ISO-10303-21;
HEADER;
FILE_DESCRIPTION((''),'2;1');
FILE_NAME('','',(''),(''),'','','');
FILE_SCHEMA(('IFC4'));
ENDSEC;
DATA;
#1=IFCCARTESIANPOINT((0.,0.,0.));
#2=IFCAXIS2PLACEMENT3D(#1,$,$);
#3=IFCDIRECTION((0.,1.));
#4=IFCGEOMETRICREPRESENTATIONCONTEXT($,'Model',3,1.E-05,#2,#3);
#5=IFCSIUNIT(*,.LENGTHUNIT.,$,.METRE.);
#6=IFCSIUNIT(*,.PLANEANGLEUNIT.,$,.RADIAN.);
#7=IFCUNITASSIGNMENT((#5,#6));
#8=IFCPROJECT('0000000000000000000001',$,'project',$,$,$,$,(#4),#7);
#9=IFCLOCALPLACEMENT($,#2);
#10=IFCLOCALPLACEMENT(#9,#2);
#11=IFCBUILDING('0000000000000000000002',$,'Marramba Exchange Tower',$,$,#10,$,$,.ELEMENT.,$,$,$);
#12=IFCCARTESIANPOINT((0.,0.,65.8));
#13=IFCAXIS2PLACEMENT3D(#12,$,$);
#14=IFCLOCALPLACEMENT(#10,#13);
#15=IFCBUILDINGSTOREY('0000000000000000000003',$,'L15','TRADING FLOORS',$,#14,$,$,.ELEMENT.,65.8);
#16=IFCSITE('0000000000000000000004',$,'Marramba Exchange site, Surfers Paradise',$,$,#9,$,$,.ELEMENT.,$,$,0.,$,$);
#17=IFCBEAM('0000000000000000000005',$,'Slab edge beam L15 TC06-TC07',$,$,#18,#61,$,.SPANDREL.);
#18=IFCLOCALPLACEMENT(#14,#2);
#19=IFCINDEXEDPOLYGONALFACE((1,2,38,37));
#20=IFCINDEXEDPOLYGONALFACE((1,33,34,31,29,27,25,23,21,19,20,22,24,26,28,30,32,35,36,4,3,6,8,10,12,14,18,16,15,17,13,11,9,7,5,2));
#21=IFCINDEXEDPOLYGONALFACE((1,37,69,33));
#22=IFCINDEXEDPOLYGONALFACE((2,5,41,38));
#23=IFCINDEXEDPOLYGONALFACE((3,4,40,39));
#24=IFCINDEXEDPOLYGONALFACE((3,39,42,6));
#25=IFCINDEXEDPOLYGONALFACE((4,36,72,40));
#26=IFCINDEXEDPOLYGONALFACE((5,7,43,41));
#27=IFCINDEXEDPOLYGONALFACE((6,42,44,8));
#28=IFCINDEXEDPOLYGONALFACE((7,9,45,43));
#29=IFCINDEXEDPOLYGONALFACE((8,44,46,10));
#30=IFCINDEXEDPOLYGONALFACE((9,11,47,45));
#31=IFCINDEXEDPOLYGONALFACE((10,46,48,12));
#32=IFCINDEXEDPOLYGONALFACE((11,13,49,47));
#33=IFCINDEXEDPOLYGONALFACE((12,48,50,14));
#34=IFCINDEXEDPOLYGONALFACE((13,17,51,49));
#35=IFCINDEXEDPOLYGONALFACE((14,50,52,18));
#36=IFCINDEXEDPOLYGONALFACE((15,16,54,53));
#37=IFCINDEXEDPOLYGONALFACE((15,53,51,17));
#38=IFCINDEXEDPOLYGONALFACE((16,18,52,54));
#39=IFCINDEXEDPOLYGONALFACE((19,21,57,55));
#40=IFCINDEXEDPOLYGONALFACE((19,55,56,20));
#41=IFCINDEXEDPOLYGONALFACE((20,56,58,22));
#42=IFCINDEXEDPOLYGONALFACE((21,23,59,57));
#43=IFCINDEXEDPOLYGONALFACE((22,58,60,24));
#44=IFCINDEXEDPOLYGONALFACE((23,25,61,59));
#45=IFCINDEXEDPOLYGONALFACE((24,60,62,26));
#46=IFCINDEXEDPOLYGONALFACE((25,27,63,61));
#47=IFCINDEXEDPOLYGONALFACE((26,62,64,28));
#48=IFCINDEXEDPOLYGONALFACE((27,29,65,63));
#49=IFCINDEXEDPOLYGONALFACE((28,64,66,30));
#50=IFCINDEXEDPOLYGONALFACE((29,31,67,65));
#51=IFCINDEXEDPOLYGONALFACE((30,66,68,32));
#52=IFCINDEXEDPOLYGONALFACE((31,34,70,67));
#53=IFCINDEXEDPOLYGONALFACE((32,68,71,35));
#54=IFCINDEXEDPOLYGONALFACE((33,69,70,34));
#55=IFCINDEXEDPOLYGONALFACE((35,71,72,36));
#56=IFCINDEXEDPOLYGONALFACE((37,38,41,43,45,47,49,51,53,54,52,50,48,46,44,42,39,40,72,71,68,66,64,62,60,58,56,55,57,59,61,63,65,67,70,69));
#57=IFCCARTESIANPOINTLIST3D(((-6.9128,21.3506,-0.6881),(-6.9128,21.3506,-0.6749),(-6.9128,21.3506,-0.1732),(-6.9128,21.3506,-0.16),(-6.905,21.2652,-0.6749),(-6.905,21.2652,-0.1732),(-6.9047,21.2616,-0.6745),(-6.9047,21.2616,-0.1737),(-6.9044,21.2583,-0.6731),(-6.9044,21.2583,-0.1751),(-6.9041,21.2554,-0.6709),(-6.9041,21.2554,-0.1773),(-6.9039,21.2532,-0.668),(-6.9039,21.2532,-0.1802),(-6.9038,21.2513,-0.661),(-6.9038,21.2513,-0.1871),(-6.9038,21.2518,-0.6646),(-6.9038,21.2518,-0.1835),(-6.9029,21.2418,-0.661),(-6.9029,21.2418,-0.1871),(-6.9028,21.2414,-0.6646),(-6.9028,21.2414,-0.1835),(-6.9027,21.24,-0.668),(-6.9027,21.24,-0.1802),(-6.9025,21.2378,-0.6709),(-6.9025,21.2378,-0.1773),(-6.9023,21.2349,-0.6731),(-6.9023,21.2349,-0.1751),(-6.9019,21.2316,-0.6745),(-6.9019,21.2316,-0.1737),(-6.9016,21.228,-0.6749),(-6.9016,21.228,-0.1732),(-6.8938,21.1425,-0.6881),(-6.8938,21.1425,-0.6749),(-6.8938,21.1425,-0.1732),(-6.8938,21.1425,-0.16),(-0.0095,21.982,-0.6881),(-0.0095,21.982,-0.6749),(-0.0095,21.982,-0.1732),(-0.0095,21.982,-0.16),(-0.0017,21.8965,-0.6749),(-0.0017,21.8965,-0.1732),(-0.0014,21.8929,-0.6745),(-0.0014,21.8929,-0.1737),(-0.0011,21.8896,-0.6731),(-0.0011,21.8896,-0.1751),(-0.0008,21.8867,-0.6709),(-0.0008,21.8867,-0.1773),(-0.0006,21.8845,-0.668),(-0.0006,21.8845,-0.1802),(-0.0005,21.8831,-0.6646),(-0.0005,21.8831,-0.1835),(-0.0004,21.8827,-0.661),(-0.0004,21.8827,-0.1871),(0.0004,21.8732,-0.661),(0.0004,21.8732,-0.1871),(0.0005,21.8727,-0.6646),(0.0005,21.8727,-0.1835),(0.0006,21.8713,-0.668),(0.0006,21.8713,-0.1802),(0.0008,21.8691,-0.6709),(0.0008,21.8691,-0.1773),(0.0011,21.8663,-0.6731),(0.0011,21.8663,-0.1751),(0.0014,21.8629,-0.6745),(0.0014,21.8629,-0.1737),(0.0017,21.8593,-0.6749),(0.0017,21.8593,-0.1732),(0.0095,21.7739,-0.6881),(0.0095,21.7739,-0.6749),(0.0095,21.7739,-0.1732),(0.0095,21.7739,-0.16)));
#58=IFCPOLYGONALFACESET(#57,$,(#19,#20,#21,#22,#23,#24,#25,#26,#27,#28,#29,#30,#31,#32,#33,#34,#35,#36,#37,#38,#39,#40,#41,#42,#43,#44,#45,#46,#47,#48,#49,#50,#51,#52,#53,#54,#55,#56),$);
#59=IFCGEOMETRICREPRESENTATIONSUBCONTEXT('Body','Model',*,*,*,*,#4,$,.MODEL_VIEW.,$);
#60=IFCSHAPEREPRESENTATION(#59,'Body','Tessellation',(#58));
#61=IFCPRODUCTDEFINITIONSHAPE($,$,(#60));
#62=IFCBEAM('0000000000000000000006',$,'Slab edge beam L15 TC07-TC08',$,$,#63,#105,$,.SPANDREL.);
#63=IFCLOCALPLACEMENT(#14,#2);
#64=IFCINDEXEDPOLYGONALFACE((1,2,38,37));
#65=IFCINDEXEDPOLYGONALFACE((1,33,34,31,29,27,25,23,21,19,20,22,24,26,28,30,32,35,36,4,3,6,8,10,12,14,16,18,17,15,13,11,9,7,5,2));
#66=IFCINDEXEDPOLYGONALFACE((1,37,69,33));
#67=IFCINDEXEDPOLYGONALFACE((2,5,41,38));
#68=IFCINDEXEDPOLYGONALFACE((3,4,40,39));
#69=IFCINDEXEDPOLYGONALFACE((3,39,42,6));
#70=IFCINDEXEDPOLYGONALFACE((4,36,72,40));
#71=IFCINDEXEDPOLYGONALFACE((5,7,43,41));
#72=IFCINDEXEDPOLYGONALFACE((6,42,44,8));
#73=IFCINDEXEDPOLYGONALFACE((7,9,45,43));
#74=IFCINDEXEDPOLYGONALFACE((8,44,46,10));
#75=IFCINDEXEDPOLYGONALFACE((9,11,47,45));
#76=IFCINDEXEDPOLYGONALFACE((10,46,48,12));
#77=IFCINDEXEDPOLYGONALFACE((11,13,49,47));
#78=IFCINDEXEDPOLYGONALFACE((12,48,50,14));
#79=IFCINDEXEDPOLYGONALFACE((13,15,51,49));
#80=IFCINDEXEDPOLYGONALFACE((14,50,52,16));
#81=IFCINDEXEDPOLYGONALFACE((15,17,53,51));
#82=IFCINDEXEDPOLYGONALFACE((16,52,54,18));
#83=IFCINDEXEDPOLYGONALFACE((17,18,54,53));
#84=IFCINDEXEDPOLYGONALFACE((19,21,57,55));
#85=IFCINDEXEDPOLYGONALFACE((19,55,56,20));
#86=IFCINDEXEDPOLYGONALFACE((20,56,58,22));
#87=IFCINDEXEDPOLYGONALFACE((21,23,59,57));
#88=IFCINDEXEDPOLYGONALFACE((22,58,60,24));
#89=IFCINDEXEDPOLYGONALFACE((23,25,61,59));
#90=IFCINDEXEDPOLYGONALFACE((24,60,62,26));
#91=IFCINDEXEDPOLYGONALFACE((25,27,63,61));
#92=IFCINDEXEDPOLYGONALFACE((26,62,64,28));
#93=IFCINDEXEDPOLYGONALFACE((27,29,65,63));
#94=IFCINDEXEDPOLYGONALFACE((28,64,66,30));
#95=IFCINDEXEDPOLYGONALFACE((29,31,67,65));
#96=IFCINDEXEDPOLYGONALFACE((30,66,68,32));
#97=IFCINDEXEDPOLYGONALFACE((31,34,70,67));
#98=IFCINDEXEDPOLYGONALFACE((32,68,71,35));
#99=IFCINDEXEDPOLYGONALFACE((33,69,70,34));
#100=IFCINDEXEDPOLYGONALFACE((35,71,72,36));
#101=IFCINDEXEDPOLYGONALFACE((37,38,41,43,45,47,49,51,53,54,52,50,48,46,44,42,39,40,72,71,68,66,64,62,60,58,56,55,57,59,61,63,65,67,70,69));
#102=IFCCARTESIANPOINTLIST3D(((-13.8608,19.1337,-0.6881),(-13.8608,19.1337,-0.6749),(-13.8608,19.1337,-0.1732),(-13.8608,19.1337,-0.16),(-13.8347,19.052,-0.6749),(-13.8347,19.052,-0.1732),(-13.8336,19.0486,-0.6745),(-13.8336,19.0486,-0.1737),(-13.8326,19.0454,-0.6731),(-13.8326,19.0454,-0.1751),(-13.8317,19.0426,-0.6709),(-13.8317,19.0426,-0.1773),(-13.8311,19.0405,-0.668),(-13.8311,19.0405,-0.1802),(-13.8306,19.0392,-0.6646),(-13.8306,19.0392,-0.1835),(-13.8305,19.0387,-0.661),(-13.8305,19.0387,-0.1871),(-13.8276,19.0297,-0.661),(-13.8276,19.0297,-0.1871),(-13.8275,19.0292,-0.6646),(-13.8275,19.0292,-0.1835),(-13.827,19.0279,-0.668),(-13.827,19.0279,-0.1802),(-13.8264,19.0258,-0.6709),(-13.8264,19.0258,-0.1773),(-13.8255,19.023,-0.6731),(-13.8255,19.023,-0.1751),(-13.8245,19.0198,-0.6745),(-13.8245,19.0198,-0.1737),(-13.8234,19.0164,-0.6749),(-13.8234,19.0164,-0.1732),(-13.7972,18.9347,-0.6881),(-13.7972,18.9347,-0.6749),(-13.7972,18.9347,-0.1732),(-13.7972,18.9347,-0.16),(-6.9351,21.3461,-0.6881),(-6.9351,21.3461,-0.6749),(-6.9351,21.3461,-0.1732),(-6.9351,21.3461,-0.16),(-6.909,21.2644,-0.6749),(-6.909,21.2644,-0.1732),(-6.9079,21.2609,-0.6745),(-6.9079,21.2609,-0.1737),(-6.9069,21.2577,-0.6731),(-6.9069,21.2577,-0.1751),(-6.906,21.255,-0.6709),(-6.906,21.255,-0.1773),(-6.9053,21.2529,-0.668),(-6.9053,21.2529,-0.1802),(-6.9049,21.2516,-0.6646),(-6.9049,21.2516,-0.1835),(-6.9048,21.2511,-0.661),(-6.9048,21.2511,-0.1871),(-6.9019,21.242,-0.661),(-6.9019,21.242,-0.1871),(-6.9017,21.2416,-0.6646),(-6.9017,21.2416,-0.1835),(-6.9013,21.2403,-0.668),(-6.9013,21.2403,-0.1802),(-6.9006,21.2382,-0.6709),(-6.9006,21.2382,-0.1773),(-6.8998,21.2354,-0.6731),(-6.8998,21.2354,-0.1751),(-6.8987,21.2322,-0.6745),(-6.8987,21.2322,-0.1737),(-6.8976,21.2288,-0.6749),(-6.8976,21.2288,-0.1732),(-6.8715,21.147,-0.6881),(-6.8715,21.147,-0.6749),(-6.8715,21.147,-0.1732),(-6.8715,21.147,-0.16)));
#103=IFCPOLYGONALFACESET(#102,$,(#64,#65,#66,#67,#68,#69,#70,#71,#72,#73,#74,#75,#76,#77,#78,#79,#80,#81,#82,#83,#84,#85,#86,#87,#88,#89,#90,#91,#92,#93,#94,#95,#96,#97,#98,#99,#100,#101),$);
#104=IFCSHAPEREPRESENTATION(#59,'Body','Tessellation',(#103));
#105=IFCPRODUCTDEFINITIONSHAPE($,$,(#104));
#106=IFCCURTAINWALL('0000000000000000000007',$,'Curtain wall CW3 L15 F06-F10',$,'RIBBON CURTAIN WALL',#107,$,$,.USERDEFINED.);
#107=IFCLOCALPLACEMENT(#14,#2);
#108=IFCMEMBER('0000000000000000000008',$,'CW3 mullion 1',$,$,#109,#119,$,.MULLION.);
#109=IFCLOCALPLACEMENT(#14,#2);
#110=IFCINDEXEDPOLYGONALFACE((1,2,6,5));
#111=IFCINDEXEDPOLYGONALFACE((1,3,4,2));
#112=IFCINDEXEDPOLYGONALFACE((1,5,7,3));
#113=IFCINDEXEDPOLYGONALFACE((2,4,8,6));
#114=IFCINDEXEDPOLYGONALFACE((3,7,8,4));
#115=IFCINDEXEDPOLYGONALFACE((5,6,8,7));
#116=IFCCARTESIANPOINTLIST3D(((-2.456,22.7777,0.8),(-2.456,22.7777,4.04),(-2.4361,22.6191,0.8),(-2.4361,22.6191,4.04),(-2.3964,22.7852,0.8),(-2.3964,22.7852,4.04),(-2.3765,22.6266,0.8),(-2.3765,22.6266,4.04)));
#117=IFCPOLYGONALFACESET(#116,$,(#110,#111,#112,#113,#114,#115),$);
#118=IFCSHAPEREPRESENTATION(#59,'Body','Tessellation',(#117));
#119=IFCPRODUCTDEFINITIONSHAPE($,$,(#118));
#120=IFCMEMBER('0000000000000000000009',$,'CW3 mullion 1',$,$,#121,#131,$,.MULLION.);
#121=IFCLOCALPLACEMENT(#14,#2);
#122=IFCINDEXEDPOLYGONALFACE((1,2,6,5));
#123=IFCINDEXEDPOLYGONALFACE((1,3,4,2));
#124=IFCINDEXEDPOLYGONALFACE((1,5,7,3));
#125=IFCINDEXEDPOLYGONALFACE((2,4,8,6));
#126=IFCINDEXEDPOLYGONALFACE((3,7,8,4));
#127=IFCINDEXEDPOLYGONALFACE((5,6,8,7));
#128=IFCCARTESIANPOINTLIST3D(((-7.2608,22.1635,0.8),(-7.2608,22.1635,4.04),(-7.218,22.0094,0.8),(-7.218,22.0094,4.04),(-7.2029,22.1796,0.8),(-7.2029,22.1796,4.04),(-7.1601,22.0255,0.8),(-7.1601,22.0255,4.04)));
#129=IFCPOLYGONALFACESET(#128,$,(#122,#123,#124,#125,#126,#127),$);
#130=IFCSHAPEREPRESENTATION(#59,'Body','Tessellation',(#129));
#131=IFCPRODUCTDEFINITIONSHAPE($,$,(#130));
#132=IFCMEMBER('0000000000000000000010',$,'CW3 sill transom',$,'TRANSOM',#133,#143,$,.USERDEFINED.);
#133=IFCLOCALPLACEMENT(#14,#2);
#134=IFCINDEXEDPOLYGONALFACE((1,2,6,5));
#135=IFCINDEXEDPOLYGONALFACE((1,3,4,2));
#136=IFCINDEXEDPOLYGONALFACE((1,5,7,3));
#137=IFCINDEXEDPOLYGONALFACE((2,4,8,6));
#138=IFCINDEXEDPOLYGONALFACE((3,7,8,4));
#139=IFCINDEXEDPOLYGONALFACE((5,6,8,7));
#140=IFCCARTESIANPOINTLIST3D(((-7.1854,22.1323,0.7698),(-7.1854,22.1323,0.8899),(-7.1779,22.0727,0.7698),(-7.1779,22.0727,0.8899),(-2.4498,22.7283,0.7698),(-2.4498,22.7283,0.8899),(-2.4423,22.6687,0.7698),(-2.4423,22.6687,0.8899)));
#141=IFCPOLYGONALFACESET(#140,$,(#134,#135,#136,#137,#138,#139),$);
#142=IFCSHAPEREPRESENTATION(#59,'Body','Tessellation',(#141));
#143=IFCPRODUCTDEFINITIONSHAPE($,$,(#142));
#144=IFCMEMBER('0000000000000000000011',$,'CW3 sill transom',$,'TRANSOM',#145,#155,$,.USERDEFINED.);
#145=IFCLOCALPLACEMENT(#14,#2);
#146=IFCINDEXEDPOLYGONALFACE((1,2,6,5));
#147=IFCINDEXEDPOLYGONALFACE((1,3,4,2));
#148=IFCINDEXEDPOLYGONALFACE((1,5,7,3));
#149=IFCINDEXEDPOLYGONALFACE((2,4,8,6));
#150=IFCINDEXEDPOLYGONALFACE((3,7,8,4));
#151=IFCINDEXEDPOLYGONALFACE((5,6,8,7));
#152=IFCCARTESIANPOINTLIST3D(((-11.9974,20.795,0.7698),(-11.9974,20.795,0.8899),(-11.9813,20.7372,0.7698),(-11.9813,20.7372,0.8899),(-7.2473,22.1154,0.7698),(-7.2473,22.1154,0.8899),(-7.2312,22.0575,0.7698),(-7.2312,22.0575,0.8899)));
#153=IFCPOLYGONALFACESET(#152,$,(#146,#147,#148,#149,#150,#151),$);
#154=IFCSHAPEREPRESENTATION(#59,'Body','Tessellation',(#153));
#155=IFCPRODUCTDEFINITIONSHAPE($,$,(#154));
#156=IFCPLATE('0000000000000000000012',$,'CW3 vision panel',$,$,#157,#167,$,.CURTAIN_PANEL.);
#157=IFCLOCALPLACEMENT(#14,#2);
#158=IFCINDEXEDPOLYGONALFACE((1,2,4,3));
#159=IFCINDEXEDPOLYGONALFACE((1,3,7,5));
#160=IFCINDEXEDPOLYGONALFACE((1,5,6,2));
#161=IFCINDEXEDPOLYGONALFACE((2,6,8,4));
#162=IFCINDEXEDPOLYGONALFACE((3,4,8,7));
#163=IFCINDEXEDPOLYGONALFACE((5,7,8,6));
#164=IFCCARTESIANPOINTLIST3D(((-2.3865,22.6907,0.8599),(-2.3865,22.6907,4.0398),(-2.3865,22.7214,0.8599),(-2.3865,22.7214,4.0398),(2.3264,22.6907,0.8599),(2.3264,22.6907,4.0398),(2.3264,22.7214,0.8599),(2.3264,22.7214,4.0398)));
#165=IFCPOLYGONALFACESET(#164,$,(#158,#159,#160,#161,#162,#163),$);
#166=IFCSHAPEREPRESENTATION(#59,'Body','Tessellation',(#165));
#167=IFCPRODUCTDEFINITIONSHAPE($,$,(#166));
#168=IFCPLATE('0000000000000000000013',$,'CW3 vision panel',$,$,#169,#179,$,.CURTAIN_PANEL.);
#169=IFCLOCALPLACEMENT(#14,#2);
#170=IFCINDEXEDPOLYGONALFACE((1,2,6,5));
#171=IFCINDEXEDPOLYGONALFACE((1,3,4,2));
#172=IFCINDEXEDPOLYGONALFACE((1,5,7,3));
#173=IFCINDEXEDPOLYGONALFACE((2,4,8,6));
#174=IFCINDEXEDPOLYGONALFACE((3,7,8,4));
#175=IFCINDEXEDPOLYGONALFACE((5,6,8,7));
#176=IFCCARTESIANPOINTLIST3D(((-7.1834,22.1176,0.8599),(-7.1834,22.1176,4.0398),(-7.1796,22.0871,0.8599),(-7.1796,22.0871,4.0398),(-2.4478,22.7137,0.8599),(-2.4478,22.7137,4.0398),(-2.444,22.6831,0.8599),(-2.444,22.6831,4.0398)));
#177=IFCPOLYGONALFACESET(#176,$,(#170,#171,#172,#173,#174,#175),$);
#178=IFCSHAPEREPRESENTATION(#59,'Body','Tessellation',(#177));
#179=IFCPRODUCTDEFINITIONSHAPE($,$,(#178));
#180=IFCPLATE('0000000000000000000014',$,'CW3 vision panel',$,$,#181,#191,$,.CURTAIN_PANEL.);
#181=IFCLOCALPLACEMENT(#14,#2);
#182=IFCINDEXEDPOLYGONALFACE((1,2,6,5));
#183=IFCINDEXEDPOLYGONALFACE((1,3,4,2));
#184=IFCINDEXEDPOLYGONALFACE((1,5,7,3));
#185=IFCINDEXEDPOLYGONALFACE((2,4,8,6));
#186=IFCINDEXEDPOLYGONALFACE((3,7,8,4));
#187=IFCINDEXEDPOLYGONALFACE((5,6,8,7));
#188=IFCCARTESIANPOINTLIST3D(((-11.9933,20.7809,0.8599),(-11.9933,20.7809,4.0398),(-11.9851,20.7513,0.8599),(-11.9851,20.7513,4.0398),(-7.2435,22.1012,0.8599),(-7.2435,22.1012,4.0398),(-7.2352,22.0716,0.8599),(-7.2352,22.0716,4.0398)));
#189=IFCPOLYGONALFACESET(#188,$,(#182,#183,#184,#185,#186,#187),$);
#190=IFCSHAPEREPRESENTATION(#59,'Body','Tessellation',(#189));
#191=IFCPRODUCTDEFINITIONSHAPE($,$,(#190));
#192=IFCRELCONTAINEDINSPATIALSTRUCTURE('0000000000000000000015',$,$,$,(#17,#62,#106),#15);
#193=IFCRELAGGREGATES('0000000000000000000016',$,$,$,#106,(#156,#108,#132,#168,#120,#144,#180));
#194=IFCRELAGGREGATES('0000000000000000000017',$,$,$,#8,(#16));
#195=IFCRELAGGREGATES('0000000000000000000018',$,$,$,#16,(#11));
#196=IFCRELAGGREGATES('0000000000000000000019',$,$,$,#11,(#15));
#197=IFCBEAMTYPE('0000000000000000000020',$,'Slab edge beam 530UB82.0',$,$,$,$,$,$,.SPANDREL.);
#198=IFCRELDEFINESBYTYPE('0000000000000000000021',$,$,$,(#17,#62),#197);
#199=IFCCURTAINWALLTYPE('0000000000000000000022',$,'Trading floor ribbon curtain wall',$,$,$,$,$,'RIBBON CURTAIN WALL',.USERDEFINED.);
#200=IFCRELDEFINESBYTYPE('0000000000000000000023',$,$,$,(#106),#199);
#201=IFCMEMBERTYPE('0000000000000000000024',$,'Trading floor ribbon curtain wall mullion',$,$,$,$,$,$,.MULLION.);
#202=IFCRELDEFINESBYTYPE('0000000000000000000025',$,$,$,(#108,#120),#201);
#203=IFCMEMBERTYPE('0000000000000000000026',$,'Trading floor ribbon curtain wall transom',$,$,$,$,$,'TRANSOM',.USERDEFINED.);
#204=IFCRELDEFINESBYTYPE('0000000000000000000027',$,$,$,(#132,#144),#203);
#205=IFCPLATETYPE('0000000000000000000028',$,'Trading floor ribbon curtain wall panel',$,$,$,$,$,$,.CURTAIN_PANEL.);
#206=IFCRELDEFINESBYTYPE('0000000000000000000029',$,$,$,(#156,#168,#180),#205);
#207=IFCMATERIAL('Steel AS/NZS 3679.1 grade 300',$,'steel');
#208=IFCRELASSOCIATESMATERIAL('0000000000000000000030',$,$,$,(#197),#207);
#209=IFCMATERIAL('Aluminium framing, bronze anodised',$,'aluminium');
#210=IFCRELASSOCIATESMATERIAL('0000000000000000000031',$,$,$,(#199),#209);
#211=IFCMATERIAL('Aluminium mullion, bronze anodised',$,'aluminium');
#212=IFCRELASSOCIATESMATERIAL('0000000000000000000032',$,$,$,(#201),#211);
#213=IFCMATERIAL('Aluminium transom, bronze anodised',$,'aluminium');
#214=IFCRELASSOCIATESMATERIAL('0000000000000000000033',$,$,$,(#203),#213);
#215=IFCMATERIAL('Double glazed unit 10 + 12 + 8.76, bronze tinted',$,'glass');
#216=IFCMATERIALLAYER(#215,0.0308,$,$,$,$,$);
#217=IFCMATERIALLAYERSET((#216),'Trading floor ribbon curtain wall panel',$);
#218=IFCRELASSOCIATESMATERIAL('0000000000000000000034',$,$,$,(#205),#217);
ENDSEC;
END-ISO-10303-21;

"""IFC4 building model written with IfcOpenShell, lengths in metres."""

from ifc_helpers import new_model, si_unit, direction, frame, origin, origin_2d, place, context, subcontext, project, spatial, rectangle, i_section, extrude, material, layer, layer_set, material_profile, profile_set, type_object, element, aggregate, save


model = new_model("IFC4")

# Units and contexts
model_context = context("Model", 3, precision=1e-05, world=origin(), true_north=direction((0.0, 1.0)))
body_context = subcontext(model_context, "Body", "Model", "MODEL_VIEW")
ifc_project = project(units=[si_unit("LENGTHUNIT", "METRE"), si_unit("PLANEANGLEUNIT", "RADIAN")], contexts=[model_context])

# Site, building, storey
site_placement = place(None, origin())
site = spatial("IfcSite", under=ifc_project, at=site_placement, Name="Marramba Exchange site, Surfers Paradise", CompositionType="ELEMENT", RefElevation=0.0)
building_placement = place(site_placement, origin())
building = spatial("IfcBuilding", under=site, at=building_placement, Name="Marramba Exchange Tower", CompositionType="ELEMENT")
storey_placement = place(building_placement, frame((0.0, 0.0, 65.8)))
storey = spatial("IfcBuildingStorey", under=building, at=storey_placement, Name="L15", Description="TRADING FLOORS", CompositionType="ELEMENT", Elevation=65.8)

# Beams
ifc_material_1 = material(Name="Steel AS/NZS 3679.1 grade 300", Category="steel")
ifc_material_profile_1 = material_profile(ifc_material_1, i_section(OverallWidth=0.209, OverallDepth=0.5281, WebThickness=0.0095, FlangeThickness=0.0132, FilletRadius=0.0139, at=origin_2d()), Name="530UB82.0")
ifc_profile_set_1 = profile_set([ifc_material_profile_1], Name="Steel AS/NZS 3679.1 grade 300")
beam_type_1 = type_object("IfcBeamType", Name="Slab edge beam 530UB82.0", PredefinedType="SPANDREL", material=ifc_profile_set_1)
beam_1_placement = place(storey_placement, frame((0.0, 21.8779, -0.4241), z_axis=(-0.995844, -0.091076, 0.0), x_axis=(0.091076, -0.995844, 0.0)))
element("IfcBeam", 1, at=beam_1_placement, inside=storey, type_object=beam_type_1, Name="Slab edge beam L15 TC06-TC07", PredefinedType="SPANDREL", context=body_context, shape_type="SweptSolid", body=[
    extrude(i_section(OverallWidth=0.209, OverallDepth=0.5281, WebThickness=0.0095, FlangeThickness=0.0132, FilletRadius=0.0139, at=origin_2d()), origin(), (0.0, 0.0, 1.0), 6.9321),
])
beam_2_placement = place(storey_placement, frame((-6.9033, 21.2466, -0.4241), z_axis=(-0.952578, -0.304296, 0.0), x_axis=(0.304296, -0.952578, 0.0)))
element("IfcBeam", 2, at=beam_2_placement, inside=storey, type_object=beam_type_1, Name="Slab edge beam L15 TC07-TC08", PredefinedType="SPANDREL", context=body_context, shape_type="SweptSolid", body=[
    extrude(i_section(OverallWidth=0.209, OverallDepth=0.5281, WebThickness=0.0095, FlangeThickness=0.0132, FilletRadius=0.0139, at=origin_2d()), origin(), (0.0, 0.0, 1.0), 7.2705),
])

# Curtain wall, members, plates
ifc_material_2 = material(Name="Aluminium framing, bronze anodised", Category="aluminium")
curtain_wall_type = type_object("IfcCurtainWallType", Name="Trading floor ribbon curtain wall", ElementType="RIBBON CURTAIN WALL", PredefinedType="USERDEFINED", material=ifc_material_2)
curtain_wall_placement = place(storey_placement, origin())
curtain_wall = element("IfcCurtainWall", 3, at=curtain_wall_placement, inside=storey, type_object=curtain_wall_type, Name="Curtain wall CW3 L15 F06-F10", ObjectType="RIBBON CURTAIN WALL", PredefinedType="USERDEFINED")
ifc_material_3 = material(Name="Aluminium mullion, bronze anodised", Category="aluminium")
ifc_material_profile_2 = material_profile(ifc_material_3, rectangle(XDim=0.1599, YDim=0.0601, at=origin_2d()), Name="CW3 mullion 60x160")
ifc_profile_set_2 = profile_set([ifc_material_profile_2], Name="Aluminium mullion, bronze anodised")
member_type_1 = type_object("IfcMemberType", Name="Trading floor ribbon curtain wall mullion", PredefinedType="MULLION", material=ifc_profile_set_2)
member_1_placement = place(storey_placement, frame((-2.4163, 22.7021, 0.8), z_axis=(0.0, 0.0, 1.0), x_axis=(0.124873, -0.992173, 0.0)))
member_1 = element("IfcMember", 4, at=member_1_placement, type_object=member_type_1, Name="CW3 mullion 1", PredefinedType="MULLION", context=body_context, shape_type="SweptSolid", body=[
    extrude(rectangle(XDim=0.1599, YDim=0.0601, at=origin_2d()), origin(), (0.0, 0.0, 1.0), 3.24),
])
member_2_placement = place(storey_placement, frame((-7.2104, 22.0945, 0.8), z_axis=(0.0, 0.0, 1.0), x_axis=(0.267809, -0.963472, 0.0)))
member_2 = element("IfcMember", 5, at=member_2_placement, type_object=member_type_1, Name="CW3 mullion 1", PredefinedType="MULLION", context=body_context, shape_type="SweptSolid", body=[
    extrude(rectangle(XDim=0.1599, YDim=0.0601, at=origin_2d()), origin(), (0.0, 0.0, 1.0), 3.24),
])
ifc_material_4 = material(Name="Aluminium transom, bronze anodised", Category="aluminium")
ifc_material_profile_3 = material_profile(ifc_material_4, rectangle(XDim=0.0601, YDim=0.1201, at=origin_2d()), Name="CW3 transom 60x120")
ifc_profile_set_3 = profile_set([ifc_material_profile_3], Name="Aluminium transom, bronze anodised")
member_type_2 = type_object("IfcMemberType", Name="Trading floor ribbon curtain wall transom", ElementType="TRANSOM", PredefinedType="USERDEFINED", material=ifc_profile_set_3)
member_3_placement = place(storey_placement, frame((-2.446, 22.6985, 0.8298), z_axis=(-0.992174, -0.124859, 0.0), x_axis=(0.124859, -0.992174, 0.0)))
member_3 = element("IfcMember", 6, at=member_3_placement, type_object=member_type_2, Name="CW3 sill transom", ObjectType="TRANSOM", PredefinedType="USERDEFINED", context=body_context, shape_type="SweptSolid", body=[
    extrude(rectangle(XDim=0.0601, YDim=0.1201, at=origin_2d()), origin(), (0.0, 0.0, 1.0), 4.7729),
])
member_4_placement = place(storey_placement, frame((-7.2393, 22.0864, 0.8298), z_axis=(-0.963472, -0.267807, 0.0), x_axis=(0.267807, -0.963472, 0.0)))
member_4 = element("IfcMember", 7, at=member_4_placement, type_object=member_type_2, Name="CW3 sill transom", ObjectType="TRANSOM", PredefinedType="USERDEFINED", context=body_context, shape_type="SweptSolid", body=[
    extrude(rectangle(XDim=0.0601, YDim=0.1201, at=origin_2d()), origin(), (0.0, 0.0, 1.0), 4.9302),
])
ifc_material_5 = material(Name="Double glazed unit 10 + 12 + 8.76, bronze tinted", Category="glass")
ifc_layer_1 = layer(ifc_material_5, 0.0308)
ifc_layer_set_1 = layer_set([ifc_layer_1], Name="Trading floor ribbon curtain wall panel")
plate_type = type_object("IfcPlateType", Name="Trading floor ribbon curtain wall panel", PredefinedType="CURTAIN_PANEL", material=ifc_layer_set_1)
plate_1_placement = place(storey_placement, frame((-0.03, 22.7061, 0.8599), z_axis=(0.0, 0.0, 1.0), x_axis=(-1.0, 0.0, 0.0)))
plate_1 = element("IfcPlate", 8, at=plate_1_placement, type_object=plate_type, Name="CW3 vision panel", PredefinedType="CURTAIN_PANEL", context=body_context, shape_type="SweptSolid", body=[
    extrude(rectangle(XDim=4.7129, YDim=0.0308, at=origin_2d()), origin(), (0.0, 0.0, 1.0), 3.1799),
])
plate_2_placement = place(storey_placement, frame((-4.8137, 22.4004, 0.8599), z_axis=(0.0, 0.0, 1.0), x_axis=(-0.992173, -0.124873, 0.0)))
plate_2 = element("IfcPlate", 9, at=plate_2_placement, type_object=plate_type, Name="CW3 vision panel", PredefinedType="CURTAIN_PANEL", context=body_context, shape_type="SweptSolid", body=[
    extrude(rectangle(XDim=4.7729, YDim=0.0308, at=origin_2d()), origin(), (0.0, 0.0, 1.0), 3.1799),
])
plate_3_placement = place(storey_placement, frame((-9.6143, 21.4263, 0.8599), z_axis=(0.0, 0.0, 1.0), x_axis=(-0.963472, -0.267809, 0.0)))
plate_3 = element("IfcPlate", 10, at=plate_3_placement, type_object=plate_type, Name="CW3 vision panel", PredefinedType="CURTAIN_PANEL", context=body_context, shape_type="SweptSolid", body=[
    extrude(rectangle(XDim=4.9299, YDim=0.0308, at=origin_2d()), origin(), (0.0, 0.0, 1.0), 3.1799),
])
aggregate(curtain_wall, [plate_1, member_1, member_3, plate_2, member_2, member_4, plate_3])

save(model, "model.ifc")
